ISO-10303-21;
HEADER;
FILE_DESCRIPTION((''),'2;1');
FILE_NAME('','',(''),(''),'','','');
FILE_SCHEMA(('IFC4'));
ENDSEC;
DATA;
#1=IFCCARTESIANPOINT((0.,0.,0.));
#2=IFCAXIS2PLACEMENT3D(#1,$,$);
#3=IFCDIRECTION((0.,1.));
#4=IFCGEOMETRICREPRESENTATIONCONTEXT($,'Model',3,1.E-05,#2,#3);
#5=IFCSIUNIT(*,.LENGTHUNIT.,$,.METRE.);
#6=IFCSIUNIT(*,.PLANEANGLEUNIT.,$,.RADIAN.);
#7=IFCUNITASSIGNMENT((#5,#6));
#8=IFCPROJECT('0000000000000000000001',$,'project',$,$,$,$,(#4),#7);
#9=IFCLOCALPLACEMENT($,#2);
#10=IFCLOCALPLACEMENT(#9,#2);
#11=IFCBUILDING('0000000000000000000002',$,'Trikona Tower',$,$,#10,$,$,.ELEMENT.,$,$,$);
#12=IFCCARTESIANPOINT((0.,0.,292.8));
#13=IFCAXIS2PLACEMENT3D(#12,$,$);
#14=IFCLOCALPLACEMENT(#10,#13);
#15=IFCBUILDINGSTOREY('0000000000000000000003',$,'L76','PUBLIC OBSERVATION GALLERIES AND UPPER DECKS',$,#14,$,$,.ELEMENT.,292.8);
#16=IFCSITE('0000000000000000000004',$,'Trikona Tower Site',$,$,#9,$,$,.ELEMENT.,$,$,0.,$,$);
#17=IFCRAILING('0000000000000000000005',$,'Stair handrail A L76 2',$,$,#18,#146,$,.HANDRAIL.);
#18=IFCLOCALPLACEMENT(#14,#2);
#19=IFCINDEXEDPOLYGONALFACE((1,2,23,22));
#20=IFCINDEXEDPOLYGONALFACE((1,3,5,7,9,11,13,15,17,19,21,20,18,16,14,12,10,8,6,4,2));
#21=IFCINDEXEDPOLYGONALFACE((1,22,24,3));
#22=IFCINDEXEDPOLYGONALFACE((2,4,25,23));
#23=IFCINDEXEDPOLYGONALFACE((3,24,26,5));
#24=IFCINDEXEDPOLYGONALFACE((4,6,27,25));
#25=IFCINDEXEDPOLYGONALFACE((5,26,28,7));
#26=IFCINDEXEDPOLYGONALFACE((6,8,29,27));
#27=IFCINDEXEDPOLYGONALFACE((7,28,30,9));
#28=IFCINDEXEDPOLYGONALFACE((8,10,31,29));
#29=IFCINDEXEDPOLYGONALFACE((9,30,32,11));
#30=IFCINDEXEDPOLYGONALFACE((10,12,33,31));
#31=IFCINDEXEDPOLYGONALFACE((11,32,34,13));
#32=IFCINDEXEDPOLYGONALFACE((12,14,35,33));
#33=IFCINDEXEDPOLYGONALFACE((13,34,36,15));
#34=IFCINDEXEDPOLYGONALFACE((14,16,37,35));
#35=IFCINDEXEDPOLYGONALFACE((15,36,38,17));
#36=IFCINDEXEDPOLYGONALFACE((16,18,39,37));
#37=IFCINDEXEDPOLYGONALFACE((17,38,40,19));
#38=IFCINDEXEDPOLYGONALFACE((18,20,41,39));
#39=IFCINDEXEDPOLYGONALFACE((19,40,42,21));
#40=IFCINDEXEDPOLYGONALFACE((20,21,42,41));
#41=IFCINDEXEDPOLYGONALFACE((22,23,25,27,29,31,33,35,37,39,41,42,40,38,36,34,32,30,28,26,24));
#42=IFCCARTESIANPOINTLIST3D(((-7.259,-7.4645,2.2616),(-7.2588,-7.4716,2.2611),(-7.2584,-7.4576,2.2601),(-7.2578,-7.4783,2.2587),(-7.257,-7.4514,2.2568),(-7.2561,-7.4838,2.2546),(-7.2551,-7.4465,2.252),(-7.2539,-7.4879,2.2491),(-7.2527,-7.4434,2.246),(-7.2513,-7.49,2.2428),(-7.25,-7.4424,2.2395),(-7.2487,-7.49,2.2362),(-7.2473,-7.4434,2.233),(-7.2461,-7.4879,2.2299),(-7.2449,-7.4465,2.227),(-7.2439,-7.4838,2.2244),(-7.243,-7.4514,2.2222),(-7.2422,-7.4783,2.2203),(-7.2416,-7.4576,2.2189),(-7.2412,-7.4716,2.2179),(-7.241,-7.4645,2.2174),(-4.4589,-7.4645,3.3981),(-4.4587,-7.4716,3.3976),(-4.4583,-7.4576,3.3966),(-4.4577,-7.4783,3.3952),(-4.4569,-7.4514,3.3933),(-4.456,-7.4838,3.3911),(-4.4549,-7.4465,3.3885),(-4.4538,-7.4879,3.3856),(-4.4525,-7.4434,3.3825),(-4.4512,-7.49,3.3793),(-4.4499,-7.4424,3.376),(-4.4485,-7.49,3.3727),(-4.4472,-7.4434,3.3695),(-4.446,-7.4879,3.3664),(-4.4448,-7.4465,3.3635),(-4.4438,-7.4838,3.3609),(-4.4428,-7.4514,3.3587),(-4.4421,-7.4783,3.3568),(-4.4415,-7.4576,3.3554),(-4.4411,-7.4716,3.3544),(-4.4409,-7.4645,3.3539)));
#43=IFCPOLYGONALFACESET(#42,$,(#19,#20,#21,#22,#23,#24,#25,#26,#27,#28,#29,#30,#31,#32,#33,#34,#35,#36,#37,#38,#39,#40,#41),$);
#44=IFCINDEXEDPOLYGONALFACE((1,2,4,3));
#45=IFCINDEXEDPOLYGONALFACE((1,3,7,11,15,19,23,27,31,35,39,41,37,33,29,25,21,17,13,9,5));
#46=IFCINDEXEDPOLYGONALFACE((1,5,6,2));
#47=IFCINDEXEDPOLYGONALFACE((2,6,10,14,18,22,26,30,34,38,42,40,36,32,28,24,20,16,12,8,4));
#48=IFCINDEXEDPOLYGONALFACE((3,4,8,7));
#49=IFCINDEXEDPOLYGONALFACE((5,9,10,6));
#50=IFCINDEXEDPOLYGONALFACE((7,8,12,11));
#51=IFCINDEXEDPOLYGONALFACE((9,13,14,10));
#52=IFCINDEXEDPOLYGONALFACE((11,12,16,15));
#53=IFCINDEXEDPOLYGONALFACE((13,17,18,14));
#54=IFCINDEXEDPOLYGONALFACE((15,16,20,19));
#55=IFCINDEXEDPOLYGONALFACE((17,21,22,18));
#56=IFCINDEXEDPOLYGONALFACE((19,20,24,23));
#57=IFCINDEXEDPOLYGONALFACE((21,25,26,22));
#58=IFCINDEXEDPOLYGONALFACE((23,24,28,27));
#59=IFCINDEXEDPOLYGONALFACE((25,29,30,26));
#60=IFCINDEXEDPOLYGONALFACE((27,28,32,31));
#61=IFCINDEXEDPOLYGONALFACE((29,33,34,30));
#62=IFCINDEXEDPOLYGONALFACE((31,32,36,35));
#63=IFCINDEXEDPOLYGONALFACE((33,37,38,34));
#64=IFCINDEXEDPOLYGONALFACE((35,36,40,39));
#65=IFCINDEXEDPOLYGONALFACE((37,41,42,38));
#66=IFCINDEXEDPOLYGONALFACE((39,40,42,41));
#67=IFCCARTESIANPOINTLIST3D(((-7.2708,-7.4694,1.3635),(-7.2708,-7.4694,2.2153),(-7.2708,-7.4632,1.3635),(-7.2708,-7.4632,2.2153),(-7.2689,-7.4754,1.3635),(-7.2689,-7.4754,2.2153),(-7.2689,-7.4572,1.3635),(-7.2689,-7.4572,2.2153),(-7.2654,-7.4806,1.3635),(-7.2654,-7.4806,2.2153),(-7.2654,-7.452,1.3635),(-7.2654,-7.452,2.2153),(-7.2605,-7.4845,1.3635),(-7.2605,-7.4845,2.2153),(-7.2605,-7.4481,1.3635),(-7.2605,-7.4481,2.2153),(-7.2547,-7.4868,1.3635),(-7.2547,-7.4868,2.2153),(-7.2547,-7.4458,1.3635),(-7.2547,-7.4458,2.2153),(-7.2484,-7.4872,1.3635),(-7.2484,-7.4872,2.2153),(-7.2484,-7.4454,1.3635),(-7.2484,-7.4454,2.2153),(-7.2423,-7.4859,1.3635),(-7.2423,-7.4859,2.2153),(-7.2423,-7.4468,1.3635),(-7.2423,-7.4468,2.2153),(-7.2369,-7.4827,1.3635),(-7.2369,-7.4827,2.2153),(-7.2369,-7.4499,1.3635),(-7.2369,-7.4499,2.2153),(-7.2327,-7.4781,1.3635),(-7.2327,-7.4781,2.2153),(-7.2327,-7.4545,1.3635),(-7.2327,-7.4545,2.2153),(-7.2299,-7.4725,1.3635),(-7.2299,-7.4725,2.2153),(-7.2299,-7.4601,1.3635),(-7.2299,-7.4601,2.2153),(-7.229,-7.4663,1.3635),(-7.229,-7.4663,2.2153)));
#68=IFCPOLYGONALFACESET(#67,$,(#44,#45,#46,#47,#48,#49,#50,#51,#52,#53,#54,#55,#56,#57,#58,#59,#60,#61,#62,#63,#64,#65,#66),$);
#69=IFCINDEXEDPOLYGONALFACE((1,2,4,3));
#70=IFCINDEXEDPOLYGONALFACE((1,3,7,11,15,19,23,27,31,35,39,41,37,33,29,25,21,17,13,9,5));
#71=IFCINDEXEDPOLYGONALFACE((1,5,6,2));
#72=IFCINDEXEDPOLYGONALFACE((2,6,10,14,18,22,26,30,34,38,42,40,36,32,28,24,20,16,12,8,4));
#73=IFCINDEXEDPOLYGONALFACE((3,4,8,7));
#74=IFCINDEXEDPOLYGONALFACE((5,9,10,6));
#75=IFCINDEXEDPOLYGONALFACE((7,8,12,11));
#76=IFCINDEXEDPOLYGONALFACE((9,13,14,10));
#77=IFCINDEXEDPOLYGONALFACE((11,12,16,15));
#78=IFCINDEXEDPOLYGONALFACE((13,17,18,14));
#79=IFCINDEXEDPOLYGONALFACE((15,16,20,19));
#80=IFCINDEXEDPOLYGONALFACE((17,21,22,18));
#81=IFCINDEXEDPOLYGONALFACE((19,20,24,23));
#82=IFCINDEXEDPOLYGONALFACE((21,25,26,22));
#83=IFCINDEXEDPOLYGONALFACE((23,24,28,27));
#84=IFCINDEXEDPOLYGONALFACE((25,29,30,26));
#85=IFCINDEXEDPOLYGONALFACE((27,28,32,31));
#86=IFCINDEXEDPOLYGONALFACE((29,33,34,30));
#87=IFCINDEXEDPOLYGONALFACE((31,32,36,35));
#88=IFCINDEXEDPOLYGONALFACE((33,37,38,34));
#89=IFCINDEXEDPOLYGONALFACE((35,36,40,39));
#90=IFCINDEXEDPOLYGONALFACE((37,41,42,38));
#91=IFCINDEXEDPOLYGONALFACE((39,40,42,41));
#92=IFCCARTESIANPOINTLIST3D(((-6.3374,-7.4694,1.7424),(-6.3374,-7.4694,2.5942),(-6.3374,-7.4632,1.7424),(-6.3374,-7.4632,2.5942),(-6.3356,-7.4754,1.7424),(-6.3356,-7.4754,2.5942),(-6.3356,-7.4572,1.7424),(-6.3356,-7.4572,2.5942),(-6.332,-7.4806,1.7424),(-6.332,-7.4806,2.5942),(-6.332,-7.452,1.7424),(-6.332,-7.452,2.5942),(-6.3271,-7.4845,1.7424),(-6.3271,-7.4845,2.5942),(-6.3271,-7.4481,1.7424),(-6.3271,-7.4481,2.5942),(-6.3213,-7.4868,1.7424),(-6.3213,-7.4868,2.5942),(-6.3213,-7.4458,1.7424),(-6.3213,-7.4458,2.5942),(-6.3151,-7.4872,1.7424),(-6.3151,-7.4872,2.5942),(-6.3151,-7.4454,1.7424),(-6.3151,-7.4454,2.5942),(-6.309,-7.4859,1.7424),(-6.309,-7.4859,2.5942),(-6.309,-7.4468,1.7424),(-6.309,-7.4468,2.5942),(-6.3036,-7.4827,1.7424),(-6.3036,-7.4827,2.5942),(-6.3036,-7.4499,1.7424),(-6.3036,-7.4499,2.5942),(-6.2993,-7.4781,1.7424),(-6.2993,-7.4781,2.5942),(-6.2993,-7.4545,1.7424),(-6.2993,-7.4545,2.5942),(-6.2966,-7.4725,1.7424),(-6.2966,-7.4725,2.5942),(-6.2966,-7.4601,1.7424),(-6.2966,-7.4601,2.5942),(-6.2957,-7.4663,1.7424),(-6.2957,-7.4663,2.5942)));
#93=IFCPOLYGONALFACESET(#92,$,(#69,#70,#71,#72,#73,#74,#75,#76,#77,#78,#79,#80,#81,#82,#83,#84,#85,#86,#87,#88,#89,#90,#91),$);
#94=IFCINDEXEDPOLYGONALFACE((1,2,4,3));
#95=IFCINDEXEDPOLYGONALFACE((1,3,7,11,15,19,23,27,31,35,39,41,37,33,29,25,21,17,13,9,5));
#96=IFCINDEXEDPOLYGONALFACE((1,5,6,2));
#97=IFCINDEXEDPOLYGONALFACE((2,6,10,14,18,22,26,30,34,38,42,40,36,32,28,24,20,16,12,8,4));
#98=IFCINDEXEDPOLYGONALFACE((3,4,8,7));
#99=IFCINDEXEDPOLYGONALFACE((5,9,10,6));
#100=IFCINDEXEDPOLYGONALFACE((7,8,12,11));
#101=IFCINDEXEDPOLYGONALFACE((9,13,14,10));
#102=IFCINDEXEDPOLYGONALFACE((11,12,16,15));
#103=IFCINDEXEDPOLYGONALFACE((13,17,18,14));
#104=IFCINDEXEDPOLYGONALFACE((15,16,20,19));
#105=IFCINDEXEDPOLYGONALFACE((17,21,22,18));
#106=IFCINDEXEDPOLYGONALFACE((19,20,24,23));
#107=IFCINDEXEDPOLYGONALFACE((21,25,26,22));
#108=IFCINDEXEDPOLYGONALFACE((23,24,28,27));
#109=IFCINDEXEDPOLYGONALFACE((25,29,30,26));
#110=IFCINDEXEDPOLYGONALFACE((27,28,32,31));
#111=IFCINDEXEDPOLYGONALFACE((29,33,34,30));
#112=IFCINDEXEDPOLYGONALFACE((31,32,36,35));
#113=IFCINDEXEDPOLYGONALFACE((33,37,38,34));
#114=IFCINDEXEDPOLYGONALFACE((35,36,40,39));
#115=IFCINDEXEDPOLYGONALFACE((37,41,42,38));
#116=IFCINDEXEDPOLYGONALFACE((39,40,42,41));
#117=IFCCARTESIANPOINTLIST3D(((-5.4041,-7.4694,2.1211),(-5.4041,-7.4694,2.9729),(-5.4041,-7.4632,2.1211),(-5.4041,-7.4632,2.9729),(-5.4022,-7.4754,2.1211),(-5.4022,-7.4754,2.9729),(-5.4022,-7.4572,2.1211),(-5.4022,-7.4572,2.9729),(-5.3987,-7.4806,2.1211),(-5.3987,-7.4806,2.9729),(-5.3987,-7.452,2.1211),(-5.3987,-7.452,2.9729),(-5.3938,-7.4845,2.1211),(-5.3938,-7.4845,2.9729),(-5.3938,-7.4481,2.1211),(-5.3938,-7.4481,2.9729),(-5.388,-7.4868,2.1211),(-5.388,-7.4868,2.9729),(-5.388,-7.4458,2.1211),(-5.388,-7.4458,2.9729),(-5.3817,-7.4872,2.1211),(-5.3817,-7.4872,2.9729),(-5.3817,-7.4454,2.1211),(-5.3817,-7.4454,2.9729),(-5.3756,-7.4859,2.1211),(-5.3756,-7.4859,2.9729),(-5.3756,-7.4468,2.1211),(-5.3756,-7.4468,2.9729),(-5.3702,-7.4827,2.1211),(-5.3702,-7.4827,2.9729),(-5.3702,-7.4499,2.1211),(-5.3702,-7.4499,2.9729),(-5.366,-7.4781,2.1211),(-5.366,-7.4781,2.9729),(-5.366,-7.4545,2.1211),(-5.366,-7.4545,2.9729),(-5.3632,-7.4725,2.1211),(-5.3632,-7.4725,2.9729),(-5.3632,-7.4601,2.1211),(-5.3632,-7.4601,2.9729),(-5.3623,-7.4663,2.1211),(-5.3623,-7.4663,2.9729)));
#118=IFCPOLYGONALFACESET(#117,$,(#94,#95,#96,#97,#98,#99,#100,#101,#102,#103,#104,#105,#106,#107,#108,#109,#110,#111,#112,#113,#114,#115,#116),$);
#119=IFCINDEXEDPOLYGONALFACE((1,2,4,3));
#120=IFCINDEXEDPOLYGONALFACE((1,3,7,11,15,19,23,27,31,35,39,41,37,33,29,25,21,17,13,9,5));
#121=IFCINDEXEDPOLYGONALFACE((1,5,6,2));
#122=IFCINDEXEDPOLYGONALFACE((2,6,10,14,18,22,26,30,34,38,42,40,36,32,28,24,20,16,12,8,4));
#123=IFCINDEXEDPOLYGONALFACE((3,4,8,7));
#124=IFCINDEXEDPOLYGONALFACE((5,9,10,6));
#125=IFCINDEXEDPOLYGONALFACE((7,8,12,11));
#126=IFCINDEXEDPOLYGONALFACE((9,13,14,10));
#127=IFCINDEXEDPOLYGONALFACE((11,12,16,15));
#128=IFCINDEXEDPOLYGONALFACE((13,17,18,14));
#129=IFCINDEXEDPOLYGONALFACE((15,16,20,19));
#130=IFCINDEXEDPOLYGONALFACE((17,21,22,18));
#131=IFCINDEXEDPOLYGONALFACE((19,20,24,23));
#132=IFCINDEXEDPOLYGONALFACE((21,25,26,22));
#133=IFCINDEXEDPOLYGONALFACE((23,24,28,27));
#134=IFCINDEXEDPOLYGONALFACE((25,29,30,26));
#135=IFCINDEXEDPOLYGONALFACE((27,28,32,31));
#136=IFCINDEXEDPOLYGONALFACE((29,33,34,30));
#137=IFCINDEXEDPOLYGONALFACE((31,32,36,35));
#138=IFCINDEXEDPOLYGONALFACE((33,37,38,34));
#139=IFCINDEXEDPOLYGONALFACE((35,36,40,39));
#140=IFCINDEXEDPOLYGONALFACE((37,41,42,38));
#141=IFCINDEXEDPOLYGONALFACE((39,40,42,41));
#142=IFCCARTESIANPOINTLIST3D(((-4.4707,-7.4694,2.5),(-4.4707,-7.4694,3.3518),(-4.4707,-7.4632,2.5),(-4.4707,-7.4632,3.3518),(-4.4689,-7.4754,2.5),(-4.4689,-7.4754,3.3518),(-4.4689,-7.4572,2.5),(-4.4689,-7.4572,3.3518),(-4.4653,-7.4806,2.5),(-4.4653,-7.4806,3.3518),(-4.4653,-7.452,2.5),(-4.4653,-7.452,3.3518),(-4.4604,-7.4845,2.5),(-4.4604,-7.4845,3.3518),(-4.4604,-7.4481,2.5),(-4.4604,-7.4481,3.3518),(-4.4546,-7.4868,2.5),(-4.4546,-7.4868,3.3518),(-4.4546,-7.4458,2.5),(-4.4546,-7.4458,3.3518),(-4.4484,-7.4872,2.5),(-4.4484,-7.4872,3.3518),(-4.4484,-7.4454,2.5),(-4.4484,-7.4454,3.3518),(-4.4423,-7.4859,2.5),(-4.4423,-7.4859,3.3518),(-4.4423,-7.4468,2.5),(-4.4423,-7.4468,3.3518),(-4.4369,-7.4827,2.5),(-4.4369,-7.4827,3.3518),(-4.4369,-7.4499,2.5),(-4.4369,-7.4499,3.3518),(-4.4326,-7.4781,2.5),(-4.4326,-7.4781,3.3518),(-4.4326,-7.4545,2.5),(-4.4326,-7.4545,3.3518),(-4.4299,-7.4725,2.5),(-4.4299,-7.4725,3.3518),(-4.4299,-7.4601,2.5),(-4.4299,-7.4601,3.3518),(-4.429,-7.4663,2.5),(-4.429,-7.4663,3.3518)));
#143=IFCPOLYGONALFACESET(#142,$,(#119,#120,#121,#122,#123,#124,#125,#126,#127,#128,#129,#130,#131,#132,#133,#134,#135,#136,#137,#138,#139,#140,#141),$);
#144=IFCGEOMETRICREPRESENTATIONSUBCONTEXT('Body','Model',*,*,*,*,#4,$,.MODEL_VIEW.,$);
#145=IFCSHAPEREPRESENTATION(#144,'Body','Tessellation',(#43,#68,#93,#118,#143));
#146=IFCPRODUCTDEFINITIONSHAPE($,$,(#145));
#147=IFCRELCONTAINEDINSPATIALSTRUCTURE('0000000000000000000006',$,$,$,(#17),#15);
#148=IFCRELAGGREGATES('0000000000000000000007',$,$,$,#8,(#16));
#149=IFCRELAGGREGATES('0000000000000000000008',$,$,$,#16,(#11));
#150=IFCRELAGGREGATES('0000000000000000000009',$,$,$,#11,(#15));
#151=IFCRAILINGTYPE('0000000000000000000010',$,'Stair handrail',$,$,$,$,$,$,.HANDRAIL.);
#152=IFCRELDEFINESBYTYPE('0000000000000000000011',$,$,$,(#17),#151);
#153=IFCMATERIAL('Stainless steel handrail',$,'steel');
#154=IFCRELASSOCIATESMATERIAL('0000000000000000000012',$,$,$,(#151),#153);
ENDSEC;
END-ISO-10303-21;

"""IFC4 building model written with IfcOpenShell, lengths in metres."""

from ifc_helpers import new_model, si_unit, direction, frame, origin, origin_2d, place, context, subcontext, project, spatial, circle, extrude, material, type_object, element, save


model = new_model("IFC4")

# Units and contexts
model_context = context("Model", 3, precision=1e-05, world=origin(), true_north=direction((0.0, 1.0)))
body_context = subcontext(model_context, "Body", "Model", "MODEL_VIEW")
ifc_project = project(units=[si_unit("LENGTHUNIT", "METRE"), si_unit("PLANEANGLEUNIT", "RADIAN")], contexts=[model_context])

# Site, building, storey
site_placement = place(None, origin())
site = spatial("IfcSite", under=ifc_project, at=site_placement, Name="Trikona Tower Site", CompositionType="ELEMENT", RefElevation=0.0)
building_placement = place(site_placement, origin())
building = spatial("IfcBuilding", under=site, at=building_placement, Name="Trikona Tower", CompositionType="ELEMENT")
storey_placement = place(building_placement, frame((0.0, 0.0, 292.8)))
storey = spatial("IfcBuildingStorey", under=building, at=storey_placement, Name="L76", Description="PUBLIC OBSERVATION GALLERIES AND UPPER DECKS", CompositionType="ELEMENT", Elevation=292.8)

# Railing
ifc_material_1 = material(Name="Stainless steel handrail", Category="steel")
railing_type = type_object("IfcRailingType", Name="Stair handrail", PredefinedType="HANDRAIL", material=ifc_material_1)
railing_1_placement = place(storey_placement, frame((-7.25, -7.4663, 1.3635)))
element("IfcRailing", 1, at=railing_1_placement, inside=storey, type_object=railing_type, Name="Stair handrail A L76 2", PredefinedType="HANDRAIL", context=body_context, shape_type="SweptSolid", body=[
    extrude(circle(Radius=0.0239, at=origin_2d()), frame((0.0, 0.0, 0.876), z_axis=(0.926587, 0.0, 0.37608), x_axis=(0.0, 1.0, 0.0)), (0.0, 0.0, 1.0), 3.022),
    extrude(circle(Radius=0.021, at=origin_2d()), origin(), (0.0, 0.0, 1.0), 0.8518),
    extrude(circle(Radius=0.021, at=origin_2d()), frame((0.9333, 0.0, 0.3789)), (0.0, 0.0, 1.0), 0.8518),
    extrude(circle(Radius=0.021, at=origin_2d()), frame((1.8667, 0.0, 0.7576)), (0.0, 0.0, 1.0), 0.8518),
    extrude(circle(Radius=0.021, at=origin_2d()), frame((2.8, 0.0, 1.1365)), (0.0, 0.0, 1.0), 0.8518),
])

save(model, "model.ifc")
